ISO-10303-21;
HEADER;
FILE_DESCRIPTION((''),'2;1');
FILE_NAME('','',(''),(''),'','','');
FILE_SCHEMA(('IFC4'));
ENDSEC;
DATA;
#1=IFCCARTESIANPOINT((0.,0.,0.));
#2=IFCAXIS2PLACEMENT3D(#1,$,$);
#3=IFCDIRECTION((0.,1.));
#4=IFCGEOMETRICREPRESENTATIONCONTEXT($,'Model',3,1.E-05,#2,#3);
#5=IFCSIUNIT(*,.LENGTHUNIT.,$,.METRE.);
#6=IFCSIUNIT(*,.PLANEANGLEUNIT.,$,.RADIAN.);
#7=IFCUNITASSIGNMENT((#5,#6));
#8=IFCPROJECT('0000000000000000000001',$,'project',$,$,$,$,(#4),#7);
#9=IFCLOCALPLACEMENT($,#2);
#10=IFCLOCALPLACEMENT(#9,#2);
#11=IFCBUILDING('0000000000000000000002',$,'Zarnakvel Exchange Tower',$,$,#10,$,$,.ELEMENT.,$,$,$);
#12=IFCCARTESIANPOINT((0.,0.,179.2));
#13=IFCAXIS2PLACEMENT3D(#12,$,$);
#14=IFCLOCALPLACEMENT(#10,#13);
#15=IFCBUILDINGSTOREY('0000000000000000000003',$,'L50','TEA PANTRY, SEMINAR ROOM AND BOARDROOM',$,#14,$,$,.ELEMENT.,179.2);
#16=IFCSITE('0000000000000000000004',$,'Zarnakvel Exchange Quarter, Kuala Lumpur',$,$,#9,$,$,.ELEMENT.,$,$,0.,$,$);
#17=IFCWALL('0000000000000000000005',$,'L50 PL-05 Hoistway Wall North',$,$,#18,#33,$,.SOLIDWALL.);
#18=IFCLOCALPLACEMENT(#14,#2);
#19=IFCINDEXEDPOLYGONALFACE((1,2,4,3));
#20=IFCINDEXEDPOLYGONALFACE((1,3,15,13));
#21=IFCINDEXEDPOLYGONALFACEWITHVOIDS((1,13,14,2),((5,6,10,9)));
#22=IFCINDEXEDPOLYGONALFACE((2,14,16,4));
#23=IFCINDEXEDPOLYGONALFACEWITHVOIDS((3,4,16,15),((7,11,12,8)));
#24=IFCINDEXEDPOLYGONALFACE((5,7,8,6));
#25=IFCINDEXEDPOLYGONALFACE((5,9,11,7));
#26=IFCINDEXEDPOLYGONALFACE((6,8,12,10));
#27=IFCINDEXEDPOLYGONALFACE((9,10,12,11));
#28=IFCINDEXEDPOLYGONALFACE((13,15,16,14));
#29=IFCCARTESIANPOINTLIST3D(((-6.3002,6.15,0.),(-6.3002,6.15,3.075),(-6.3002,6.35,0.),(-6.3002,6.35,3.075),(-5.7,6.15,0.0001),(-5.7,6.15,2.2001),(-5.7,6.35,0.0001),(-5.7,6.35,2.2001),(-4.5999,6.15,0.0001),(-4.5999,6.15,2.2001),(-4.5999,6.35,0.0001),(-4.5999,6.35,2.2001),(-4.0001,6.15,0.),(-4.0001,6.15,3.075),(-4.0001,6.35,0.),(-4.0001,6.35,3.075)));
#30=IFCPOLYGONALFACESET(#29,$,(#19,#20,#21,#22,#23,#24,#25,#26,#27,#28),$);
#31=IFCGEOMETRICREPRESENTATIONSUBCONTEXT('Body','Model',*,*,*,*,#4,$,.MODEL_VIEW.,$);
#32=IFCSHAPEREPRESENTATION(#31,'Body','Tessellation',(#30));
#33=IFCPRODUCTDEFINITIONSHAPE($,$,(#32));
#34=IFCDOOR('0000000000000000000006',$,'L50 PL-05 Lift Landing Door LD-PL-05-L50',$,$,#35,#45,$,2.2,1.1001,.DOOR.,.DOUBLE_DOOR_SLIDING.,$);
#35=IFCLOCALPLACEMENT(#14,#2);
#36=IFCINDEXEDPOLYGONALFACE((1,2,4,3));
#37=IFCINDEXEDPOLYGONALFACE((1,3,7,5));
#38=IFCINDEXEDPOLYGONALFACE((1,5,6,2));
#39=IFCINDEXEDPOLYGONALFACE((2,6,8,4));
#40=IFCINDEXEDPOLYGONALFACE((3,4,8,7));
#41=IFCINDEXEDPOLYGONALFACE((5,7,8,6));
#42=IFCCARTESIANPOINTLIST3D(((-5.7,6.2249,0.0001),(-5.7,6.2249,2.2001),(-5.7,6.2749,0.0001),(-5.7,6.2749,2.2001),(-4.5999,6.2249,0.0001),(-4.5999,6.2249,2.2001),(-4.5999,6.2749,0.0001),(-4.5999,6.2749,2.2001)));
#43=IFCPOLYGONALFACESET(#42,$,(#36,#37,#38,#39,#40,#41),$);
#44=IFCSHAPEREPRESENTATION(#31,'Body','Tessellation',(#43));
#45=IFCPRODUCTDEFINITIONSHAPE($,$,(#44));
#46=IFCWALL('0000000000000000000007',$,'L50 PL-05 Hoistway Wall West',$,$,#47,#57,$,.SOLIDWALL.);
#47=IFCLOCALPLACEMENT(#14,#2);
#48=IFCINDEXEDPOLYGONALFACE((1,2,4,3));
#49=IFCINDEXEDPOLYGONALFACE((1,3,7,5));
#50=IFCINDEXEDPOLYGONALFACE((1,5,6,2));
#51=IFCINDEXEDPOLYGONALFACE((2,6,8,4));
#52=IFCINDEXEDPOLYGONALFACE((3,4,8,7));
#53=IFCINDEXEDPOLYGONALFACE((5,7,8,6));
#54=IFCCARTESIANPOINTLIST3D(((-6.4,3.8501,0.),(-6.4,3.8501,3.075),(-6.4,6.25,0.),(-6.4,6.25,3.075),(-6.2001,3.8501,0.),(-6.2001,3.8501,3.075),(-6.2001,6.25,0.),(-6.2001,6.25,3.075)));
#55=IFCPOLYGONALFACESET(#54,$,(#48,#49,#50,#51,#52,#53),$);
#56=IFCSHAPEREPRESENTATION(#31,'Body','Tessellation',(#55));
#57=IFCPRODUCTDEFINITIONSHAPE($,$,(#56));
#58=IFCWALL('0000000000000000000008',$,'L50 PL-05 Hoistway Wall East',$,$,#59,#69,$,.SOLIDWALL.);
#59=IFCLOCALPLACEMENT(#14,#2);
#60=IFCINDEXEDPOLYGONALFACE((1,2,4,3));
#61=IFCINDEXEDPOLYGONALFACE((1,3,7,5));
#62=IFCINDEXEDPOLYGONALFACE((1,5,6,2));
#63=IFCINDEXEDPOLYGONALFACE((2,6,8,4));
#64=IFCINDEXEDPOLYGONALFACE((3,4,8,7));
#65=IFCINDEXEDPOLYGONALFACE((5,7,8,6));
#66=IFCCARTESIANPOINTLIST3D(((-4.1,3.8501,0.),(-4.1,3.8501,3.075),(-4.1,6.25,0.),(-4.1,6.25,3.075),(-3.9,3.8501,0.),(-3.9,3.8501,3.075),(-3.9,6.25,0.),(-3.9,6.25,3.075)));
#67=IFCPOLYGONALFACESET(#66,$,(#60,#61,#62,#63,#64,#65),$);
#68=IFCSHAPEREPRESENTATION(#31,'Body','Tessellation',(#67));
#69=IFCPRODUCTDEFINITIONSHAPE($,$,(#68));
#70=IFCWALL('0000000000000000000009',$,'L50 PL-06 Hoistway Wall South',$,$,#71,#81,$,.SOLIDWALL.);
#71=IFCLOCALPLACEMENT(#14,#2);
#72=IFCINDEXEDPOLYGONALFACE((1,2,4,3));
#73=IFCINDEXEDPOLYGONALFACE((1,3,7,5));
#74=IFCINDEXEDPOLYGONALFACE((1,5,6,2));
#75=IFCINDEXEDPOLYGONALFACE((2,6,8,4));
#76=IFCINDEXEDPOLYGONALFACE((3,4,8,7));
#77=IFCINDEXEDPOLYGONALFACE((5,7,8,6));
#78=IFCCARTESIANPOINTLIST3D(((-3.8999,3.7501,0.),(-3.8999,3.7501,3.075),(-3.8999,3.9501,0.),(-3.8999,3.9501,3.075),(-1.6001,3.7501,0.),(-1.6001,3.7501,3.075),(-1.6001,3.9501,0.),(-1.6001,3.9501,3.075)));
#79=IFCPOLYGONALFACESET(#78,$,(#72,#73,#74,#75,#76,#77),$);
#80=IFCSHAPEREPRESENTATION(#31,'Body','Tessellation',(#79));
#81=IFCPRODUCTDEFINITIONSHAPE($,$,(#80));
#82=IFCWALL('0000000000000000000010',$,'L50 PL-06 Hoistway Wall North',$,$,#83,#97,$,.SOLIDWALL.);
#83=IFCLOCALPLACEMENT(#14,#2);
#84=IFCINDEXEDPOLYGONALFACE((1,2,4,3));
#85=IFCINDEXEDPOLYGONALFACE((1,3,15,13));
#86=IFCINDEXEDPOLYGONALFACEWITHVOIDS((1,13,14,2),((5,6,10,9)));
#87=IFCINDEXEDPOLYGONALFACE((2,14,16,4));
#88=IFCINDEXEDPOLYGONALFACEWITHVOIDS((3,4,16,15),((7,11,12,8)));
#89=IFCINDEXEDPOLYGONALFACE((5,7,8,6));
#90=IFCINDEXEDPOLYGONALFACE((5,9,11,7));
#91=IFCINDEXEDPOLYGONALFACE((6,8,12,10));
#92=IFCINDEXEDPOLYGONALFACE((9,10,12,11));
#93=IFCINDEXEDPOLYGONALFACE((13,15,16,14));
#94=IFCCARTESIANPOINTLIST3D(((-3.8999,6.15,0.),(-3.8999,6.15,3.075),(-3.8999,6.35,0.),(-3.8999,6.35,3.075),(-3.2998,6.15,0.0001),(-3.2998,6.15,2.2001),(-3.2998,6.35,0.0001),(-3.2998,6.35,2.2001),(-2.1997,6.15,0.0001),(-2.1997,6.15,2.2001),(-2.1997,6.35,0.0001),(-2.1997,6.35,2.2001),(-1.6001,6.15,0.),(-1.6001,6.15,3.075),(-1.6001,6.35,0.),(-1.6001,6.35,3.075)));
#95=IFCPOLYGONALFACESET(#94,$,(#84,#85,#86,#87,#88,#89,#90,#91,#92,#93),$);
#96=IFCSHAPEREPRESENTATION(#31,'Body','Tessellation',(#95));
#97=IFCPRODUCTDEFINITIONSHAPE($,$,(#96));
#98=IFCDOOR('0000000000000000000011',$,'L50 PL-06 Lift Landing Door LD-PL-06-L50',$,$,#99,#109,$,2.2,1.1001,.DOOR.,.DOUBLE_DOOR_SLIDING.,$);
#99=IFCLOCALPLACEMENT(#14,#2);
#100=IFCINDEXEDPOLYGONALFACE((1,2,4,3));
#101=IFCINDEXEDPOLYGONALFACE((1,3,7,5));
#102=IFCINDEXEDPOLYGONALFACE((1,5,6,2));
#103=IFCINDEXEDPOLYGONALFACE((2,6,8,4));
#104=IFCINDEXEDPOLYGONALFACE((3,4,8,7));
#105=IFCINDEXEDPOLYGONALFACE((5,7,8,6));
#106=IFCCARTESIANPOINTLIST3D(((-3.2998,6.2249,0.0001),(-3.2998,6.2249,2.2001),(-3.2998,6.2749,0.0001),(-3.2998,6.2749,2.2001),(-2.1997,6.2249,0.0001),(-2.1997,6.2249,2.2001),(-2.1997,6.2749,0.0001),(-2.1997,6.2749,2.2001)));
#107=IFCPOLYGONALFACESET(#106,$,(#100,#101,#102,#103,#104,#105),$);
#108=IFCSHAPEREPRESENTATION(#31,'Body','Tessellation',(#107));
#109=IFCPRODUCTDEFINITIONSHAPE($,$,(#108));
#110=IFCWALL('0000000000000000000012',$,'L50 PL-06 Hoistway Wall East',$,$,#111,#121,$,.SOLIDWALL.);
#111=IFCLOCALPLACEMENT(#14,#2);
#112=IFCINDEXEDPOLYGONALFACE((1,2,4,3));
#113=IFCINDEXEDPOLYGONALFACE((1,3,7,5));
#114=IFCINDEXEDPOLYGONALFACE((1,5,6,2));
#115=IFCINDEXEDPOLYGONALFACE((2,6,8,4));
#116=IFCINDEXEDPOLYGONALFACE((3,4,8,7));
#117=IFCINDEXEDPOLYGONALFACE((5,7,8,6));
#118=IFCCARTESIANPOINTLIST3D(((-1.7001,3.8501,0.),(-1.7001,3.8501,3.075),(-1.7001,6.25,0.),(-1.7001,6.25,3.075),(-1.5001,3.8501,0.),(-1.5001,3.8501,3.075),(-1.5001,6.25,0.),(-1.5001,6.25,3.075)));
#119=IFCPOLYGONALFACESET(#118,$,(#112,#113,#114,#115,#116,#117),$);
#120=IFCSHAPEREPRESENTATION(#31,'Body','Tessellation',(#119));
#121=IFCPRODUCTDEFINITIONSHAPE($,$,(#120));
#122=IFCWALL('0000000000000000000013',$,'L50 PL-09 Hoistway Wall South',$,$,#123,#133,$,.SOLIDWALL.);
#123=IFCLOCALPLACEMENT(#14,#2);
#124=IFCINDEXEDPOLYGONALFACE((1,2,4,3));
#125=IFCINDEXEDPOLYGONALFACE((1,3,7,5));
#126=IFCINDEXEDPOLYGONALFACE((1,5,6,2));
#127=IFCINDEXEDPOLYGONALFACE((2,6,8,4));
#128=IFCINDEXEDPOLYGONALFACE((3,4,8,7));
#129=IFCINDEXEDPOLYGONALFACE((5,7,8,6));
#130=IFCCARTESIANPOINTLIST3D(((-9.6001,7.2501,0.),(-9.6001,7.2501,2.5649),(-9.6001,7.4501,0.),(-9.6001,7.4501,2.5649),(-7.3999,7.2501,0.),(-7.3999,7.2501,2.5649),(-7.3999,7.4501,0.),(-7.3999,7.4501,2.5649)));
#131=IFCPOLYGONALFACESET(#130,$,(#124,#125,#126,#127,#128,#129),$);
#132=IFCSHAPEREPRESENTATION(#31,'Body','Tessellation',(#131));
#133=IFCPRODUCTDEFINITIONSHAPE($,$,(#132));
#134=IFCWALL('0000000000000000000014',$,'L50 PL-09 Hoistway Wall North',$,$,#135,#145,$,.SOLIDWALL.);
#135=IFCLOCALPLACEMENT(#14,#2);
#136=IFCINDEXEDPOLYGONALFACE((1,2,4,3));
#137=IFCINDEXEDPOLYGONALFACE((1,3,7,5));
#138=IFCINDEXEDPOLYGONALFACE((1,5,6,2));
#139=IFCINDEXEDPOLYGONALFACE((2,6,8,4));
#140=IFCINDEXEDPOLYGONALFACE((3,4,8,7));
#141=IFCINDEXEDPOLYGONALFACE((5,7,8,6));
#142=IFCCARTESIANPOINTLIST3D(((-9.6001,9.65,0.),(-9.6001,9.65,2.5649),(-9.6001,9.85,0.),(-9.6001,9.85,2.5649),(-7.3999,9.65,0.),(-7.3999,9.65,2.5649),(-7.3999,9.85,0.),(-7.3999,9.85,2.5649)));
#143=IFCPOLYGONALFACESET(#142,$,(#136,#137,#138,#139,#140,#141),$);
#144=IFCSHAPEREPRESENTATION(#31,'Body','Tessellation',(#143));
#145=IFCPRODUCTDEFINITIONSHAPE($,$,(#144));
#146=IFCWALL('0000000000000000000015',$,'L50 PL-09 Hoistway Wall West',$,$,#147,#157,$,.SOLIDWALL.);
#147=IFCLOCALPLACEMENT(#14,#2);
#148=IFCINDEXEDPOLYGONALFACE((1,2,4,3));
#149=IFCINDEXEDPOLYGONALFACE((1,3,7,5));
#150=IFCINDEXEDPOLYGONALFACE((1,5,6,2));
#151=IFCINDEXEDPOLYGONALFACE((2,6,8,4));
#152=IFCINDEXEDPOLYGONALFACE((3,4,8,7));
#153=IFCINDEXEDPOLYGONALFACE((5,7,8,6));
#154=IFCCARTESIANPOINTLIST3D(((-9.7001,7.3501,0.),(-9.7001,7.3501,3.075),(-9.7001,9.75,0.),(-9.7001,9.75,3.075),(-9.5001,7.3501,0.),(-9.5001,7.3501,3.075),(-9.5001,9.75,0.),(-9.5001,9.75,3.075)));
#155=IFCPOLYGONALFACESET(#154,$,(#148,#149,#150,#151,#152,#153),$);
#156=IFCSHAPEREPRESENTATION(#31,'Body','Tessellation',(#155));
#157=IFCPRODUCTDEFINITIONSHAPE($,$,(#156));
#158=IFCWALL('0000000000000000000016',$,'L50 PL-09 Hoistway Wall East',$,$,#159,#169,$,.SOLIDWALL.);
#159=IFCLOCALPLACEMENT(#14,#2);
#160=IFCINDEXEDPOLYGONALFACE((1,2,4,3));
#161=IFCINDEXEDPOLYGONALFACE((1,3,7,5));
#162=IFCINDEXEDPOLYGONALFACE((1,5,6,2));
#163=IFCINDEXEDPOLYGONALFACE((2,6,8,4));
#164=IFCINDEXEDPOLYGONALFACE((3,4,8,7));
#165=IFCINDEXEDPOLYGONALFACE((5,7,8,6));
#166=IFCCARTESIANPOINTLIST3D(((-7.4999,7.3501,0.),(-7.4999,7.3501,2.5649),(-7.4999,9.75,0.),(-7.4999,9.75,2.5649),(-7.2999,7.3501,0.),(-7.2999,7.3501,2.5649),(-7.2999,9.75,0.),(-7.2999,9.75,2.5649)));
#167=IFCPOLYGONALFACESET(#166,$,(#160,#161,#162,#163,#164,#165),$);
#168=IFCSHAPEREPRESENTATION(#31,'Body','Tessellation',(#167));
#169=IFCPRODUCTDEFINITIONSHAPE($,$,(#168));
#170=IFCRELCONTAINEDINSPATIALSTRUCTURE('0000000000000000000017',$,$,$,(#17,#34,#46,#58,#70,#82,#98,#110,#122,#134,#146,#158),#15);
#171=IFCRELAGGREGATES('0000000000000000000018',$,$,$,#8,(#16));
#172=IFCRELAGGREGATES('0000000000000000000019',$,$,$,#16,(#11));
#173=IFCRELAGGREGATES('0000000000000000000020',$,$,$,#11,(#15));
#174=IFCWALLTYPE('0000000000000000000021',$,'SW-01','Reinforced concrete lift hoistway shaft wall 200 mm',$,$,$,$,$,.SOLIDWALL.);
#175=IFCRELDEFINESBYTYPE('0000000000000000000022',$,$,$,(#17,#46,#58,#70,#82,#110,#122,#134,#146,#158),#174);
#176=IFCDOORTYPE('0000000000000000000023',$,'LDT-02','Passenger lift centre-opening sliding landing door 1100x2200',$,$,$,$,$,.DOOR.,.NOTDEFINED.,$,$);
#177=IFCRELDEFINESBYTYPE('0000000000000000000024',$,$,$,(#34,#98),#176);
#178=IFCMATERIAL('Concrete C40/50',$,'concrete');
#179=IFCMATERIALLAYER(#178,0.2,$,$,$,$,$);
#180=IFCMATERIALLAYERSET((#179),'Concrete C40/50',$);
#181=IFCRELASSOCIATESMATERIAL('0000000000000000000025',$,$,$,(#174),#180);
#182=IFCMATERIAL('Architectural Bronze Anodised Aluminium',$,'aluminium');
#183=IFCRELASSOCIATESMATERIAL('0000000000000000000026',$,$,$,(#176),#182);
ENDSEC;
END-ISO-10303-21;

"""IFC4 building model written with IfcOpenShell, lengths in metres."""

from ifc_helpers import new_model, si_unit, direction, frame, frame_2d, origin, place, context, subcontext, project, spatial, rectangle, extrude, source, transform, mapped, material, layer, layer_set, type_object, element, fill, save


model = new_model("IFC4")

# Units and contexts
model_context = context("Model", 3, precision=1e-05, world=origin(), true_north=direction((0.0, 1.0)))
body_context = subcontext(model_context, "Body", "Model", "MODEL_VIEW")
ifc_project = project(units=[si_unit("LENGTHUNIT", "METRE"), si_unit("PLANEANGLEUNIT", "RADIAN")], contexts=[model_context])

# Site, building, storey
site_placement = place(None, origin())
site = spatial("IfcSite", under=ifc_project, at=site_placement, Name="Zarnakvel Exchange Quarter, Kuala Lumpur", CompositionType="ELEMENT", RefElevation=0.0)
building_placement = place(site_placement, origin())
building = spatial("IfcBuilding", under=site, at=building_placement, Name="Zarnakvel Exchange Tower", CompositionType="ELEMENT")
storey_placement = place(building_placement, frame((0.0, 0.0, 179.2)))
storey = spatial("IfcBuildingStorey", under=building, at=storey_placement, Name="L50", Description="TEA PANTRY, SEMINAR ROOM AND BOARDROOM", CompositionType="ELEMENT", Elevation=179.2)

# Shared definitions
ifc_material_1 = material(Name="Concrete C40/50", Category="concrete")
ifc_layer_1 = layer(ifc_material_1, 0.2)
ifc_layer_set_1 = layer_set([ifc_layer_1], Name="Concrete C40/50")
wall_type_1 = type_object("IfcWallType", Name="SW-01", Description="Reinforced concrete lift hoistway shaft wall 200 mm", PredefinedType="SOLIDWALL", material=ifc_layer_set_1)
shared_shape_1 = source(origin(), body_context, "Body", "SweptSolid", [
    extrude(rectangle(XDim=1.1001, YDim=2.2, at=frame_2d((0.55, 1.1001))), frame((0.0, 0.0249, 0.0), z_axis=(0.0, -1.0, 0.0), x_axis=(1.0, 0.0, 0.0)), (0.0, 0.0, 1.0), 0.05),
])

# Wall, opening, door
wall_1_placement = place(storey_placement, frame((-6.3, 6.25, 0.0), z_axis=(0.0, 0.0, 1.0), x_axis=(1.0, 0.0, 0.0)))
wall_1 = element("IfcWall", 1, at=wall_1_placement, inside=storey, type_object=wall_type_1, Name="L50 PL-05 Hoistway Wall North", PredefinedType="SOLIDWALL", context=body_context, shape_type="SweptSolid", body=[
    extrude(rectangle(XDim=2.3, YDim=0.2, at=frame_2d((1.1499, 0.0))), origin(), (0.0, 0.0, 1.0), 3.075),
])
opening_1_placement = place(wall_1_placement, frame((0.6001, 0.0, 0.0)))
opening_1 = element("IfcOpeningElement", 2, at=opening_1_placement, cuts=wall_1, PredefinedType="OPENING", context=body_context, shape_type="SweptSolid", body=[
    extrude(rectangle(XDim=1.1001, YDim=2.2, at=frame_2d((0.55, 1.1001))), frame((0.0, 0.1099, 0.0), z_axis=(0.0, -1.0, 0.0), x_axis=(1.0, 0.0, 0.0)), (0.0, 0.0, 1.0), 0.22),
])
ifc_material_2 = material(Name="Architectural Bronze Anodised Aluminium", Category="aluminium")
door_type_1 = type_object("IfcDoorType", Name="LDT-02", Description="Passenger lift centre-opening sliding landing door 1100x2200", OperationType="NOTDEFINED", PredefinedType="DOOR", material=ifc_material_2)
door_1_placement = place(opening_1_placement, origin())
door_1 = element("IfcDoor", 3, at=door_1_placement, inside=storey, type_object=door_type_1, Name="L50 PL-05 Lift Landing Door LD-PL-05-L50", OperationType="DOUBLE_DOOR_SLIDING", OverallHeight=2.2, OverallWidth=1.1001, PredefinedType="DOOR", context=body_context, shape_type="MappedRepresentation", body=[
    mapped(shared_shape_1, transform((0.0, 0.0, 0.0), x_axis=(1.0, 0.0, 0.0), y_axis=(0.0, 1.0, 0.0), z_axis=(0.0, 0.0, 1.0), scale=1.0)),
])
fill(opening_1, door_1)

# Walls
for number, where, z_axis, x_axis, name in (
    (4, (-6.3, 3.8501, 0.0), (0.0, 0.0, 1.0), (0.0, 1.0, 0.0), "L50 PL-05 Hoistway Wall West"),
    (5, (-4.0, 6.25, 0.0), (0.0, 0.0, 1.0), (0.0, -1.0, 0.0), "L50 PL-05 Hoistway Wall East"),
):
    element("IfcWall", number, at=place(storey_placement, frame(where, z_axis=z_axis, x_axis=x_axis)), inside=storey, type_object=wall_type_1, Name=name, PredefinedType="SOLIDWALL", context=body_context, shape_type="SweptSolid", body=[
        extrude(rectangle(XDim=2.3999, YDim=0.2, at=frame_2d((1.2, 0.0))), origin(), (0.0, 0.0, 1.0), 3.075),
    ])
wall_2_placement = place(storey_placement, frame((-1.6001, 3.8501, 0.0), z_axis=(0.0, 0.0, 1.0), x_axis=(-1.0, 0.0, 0.0)))
element("IfcWall", 6, at=wall_2_placement, inside=storey, type_object=wall_type_1, Name="L50 PL-06 Hoistway Wall South", PredefinedType="SOLIDWALL", context=body_context, shape_type="SweptSolid", body=[
    extrude(rectangle(XDim=2.2998, YDim=0.2, at=frame_2d((1.1499, 0.0))), origin(), (0.0, 0.0, 1.0), 3.075),
])

# Wall, opening, door
wall_3_placement = place(storey_placement, frame((-3.8999, 6.25, 0.0), z_axis=(0.0, 0.0, 1.0), x_axis=(1.0, 0.0, 0.0)))
wall_3 = element("IfcWall", 7, at=wall_3_placement, inside=storey, type_object=wall_type_1, Name="L50 PL-06 Hoistway Wall North", PredefinedType="SOLIDWALL", context=body_context, shape_type="SweptSolid", body=[
    extrude(rectangle(XDim=2.2998, YDim=0.2, at=frame_2d((1.1499, 0.0))), origin(), (0.0, 0.0, 1.0), 3.075),
])
opening_2_placement = place(wall_3_placement, frame((0.6001, 0.0, 0.0)))
opening_2 = element("IfcOpeningElement", 8, at=opening_2_placement, cuts=wall_3, PredefinedType="OPENING", context=body_context, shape_type="SweptSolid", body=[
    extrude(rectangle(XDim=1.1001, YDim=2.2, at=frame_2d((0.55, 1.1001))), frame((0.0, 0.1099, 0.0), z_axis=(0.0, -1.0, 0.0), x_axis=(1.0, 0.0, 0.0)), (0.0, 0.0, 1.0), 0.22),
])
door_2_placement = place(opening_2_placement, origin())
door_2 = element("IfcDoor", 9, at=door_2_placement, inside=storey, type_object=door_type_1, Name="L50 PL-06 Lift Landing Door LD-PL-06-L50", OperationType="DOUBLE_DOOR_SLIDING", OverallHeight=2.2, OverallWidth=1.1001, PredefinedType="DOOR", context=body_context, shape_type="MappedRepresentation", body=[
    mapped(shared_shape_1, transform((0.0, 0.0, 0.0), x_axis=(1.0, 0.0, 0.0), y_axis=(0.0, 1.0, 0.0), z_axis=(0.0, 0.0, 1.0), scale=1.0)),
])
fill(opening_2, door_2)

# Walls
wall_4_placement = place(storey_placement, frame((-1.6001, 6.25, 0.0), z_axis=(0.0, 0.0, 1.0), x_axis=(0.0, -1.0, 0.0)))
element("IfcWall", 10, at=wall_4_placement, inside=storey, type_object=wall_type_1, Name="L50 PL-06 Hoistway Wall East", PredefinedType="SOLIDWALL", context=body_context, shape_type="SweptSolid", body=[
    extrude(rectangle(XDim=2.3999, YDim=0.2, at=frame_2d((1.2, 0.0))), origin(), (0.0, 0.0, 1.0), 3.075),
])
for number, where, z_axis, x_axis, name in (
    (11, (-7.3999, 7.3501, 0.0), (0.0, 0.0, 1.0), (-1.0, 0.0, 0.0), "L50 PL-09 Hoistway Wall South"),
    (12, (-9.6001, 9.75, 0.0), (0.0, 0.0, 1.0), (1.0, 0.0, 0.0), "L50 PL-09 Hoistway Wall North"),
):
    element("IfcWall", number, at=place(storey_placement, frame(where, z_axis=z_axis, x_axis=x_axis)), inside=storey, type_object=wall_type_1, Name=name, PredefinedType="SOLIDWALL", context=body_context, shape_type="SweptSolid", body=[
        extrude(rectangle(XDim=2.2002, YDim=0.2, at=frame_2d((1.1001, 0.0))), origin(), (0.0, 0.0, 1.0), 2.5649),
    ])
wall_5_placement = place(storey_placement, frame((-9.6001, 7.3501, 0.0), z_axis=(0.0, 0.0, 1.0), x_axis=(0.0, 1.0, 0.0)))
element("IfcWall", 13, at=wall_5_placement, inside=storey, type_object=wall_type_1, Name="L50 PL-09 Hoistway Wall West", PredefinedType="SOLIDWALL", context=body_context, shape_type="SweptSolid", body=[
    extrude(rectangle(XDim=2.3999, YDim=0.2, at=frame_2d((1.2, 0.0))), origin(), (0.0, 0.0, 1.0), 3.075),
])
wall_6_placement = place(storey_placement, frame((-7.3999, 9.75, 0.0), z_axis=(0.0, 0.0, 1.0), x_axis=(0.0, -1.0, 0.0)))
element("IfcWall", 14, at=wall_6_placement, inside=storey, type_object=wall_type_1, Name="L50 PL-09 Hoistway Wall East", PredefinedType="SOLIDWALL", context=body_context, shape_type="SweptSolid", body=[
    extrude(rectangle(XDim=2.3999, YDim=0.2, at=frame_2d((1.2, 0.0))), origin(), (0.0, 0.0, 1.0), 2.5649),
])

save(model, "model.ifc")
